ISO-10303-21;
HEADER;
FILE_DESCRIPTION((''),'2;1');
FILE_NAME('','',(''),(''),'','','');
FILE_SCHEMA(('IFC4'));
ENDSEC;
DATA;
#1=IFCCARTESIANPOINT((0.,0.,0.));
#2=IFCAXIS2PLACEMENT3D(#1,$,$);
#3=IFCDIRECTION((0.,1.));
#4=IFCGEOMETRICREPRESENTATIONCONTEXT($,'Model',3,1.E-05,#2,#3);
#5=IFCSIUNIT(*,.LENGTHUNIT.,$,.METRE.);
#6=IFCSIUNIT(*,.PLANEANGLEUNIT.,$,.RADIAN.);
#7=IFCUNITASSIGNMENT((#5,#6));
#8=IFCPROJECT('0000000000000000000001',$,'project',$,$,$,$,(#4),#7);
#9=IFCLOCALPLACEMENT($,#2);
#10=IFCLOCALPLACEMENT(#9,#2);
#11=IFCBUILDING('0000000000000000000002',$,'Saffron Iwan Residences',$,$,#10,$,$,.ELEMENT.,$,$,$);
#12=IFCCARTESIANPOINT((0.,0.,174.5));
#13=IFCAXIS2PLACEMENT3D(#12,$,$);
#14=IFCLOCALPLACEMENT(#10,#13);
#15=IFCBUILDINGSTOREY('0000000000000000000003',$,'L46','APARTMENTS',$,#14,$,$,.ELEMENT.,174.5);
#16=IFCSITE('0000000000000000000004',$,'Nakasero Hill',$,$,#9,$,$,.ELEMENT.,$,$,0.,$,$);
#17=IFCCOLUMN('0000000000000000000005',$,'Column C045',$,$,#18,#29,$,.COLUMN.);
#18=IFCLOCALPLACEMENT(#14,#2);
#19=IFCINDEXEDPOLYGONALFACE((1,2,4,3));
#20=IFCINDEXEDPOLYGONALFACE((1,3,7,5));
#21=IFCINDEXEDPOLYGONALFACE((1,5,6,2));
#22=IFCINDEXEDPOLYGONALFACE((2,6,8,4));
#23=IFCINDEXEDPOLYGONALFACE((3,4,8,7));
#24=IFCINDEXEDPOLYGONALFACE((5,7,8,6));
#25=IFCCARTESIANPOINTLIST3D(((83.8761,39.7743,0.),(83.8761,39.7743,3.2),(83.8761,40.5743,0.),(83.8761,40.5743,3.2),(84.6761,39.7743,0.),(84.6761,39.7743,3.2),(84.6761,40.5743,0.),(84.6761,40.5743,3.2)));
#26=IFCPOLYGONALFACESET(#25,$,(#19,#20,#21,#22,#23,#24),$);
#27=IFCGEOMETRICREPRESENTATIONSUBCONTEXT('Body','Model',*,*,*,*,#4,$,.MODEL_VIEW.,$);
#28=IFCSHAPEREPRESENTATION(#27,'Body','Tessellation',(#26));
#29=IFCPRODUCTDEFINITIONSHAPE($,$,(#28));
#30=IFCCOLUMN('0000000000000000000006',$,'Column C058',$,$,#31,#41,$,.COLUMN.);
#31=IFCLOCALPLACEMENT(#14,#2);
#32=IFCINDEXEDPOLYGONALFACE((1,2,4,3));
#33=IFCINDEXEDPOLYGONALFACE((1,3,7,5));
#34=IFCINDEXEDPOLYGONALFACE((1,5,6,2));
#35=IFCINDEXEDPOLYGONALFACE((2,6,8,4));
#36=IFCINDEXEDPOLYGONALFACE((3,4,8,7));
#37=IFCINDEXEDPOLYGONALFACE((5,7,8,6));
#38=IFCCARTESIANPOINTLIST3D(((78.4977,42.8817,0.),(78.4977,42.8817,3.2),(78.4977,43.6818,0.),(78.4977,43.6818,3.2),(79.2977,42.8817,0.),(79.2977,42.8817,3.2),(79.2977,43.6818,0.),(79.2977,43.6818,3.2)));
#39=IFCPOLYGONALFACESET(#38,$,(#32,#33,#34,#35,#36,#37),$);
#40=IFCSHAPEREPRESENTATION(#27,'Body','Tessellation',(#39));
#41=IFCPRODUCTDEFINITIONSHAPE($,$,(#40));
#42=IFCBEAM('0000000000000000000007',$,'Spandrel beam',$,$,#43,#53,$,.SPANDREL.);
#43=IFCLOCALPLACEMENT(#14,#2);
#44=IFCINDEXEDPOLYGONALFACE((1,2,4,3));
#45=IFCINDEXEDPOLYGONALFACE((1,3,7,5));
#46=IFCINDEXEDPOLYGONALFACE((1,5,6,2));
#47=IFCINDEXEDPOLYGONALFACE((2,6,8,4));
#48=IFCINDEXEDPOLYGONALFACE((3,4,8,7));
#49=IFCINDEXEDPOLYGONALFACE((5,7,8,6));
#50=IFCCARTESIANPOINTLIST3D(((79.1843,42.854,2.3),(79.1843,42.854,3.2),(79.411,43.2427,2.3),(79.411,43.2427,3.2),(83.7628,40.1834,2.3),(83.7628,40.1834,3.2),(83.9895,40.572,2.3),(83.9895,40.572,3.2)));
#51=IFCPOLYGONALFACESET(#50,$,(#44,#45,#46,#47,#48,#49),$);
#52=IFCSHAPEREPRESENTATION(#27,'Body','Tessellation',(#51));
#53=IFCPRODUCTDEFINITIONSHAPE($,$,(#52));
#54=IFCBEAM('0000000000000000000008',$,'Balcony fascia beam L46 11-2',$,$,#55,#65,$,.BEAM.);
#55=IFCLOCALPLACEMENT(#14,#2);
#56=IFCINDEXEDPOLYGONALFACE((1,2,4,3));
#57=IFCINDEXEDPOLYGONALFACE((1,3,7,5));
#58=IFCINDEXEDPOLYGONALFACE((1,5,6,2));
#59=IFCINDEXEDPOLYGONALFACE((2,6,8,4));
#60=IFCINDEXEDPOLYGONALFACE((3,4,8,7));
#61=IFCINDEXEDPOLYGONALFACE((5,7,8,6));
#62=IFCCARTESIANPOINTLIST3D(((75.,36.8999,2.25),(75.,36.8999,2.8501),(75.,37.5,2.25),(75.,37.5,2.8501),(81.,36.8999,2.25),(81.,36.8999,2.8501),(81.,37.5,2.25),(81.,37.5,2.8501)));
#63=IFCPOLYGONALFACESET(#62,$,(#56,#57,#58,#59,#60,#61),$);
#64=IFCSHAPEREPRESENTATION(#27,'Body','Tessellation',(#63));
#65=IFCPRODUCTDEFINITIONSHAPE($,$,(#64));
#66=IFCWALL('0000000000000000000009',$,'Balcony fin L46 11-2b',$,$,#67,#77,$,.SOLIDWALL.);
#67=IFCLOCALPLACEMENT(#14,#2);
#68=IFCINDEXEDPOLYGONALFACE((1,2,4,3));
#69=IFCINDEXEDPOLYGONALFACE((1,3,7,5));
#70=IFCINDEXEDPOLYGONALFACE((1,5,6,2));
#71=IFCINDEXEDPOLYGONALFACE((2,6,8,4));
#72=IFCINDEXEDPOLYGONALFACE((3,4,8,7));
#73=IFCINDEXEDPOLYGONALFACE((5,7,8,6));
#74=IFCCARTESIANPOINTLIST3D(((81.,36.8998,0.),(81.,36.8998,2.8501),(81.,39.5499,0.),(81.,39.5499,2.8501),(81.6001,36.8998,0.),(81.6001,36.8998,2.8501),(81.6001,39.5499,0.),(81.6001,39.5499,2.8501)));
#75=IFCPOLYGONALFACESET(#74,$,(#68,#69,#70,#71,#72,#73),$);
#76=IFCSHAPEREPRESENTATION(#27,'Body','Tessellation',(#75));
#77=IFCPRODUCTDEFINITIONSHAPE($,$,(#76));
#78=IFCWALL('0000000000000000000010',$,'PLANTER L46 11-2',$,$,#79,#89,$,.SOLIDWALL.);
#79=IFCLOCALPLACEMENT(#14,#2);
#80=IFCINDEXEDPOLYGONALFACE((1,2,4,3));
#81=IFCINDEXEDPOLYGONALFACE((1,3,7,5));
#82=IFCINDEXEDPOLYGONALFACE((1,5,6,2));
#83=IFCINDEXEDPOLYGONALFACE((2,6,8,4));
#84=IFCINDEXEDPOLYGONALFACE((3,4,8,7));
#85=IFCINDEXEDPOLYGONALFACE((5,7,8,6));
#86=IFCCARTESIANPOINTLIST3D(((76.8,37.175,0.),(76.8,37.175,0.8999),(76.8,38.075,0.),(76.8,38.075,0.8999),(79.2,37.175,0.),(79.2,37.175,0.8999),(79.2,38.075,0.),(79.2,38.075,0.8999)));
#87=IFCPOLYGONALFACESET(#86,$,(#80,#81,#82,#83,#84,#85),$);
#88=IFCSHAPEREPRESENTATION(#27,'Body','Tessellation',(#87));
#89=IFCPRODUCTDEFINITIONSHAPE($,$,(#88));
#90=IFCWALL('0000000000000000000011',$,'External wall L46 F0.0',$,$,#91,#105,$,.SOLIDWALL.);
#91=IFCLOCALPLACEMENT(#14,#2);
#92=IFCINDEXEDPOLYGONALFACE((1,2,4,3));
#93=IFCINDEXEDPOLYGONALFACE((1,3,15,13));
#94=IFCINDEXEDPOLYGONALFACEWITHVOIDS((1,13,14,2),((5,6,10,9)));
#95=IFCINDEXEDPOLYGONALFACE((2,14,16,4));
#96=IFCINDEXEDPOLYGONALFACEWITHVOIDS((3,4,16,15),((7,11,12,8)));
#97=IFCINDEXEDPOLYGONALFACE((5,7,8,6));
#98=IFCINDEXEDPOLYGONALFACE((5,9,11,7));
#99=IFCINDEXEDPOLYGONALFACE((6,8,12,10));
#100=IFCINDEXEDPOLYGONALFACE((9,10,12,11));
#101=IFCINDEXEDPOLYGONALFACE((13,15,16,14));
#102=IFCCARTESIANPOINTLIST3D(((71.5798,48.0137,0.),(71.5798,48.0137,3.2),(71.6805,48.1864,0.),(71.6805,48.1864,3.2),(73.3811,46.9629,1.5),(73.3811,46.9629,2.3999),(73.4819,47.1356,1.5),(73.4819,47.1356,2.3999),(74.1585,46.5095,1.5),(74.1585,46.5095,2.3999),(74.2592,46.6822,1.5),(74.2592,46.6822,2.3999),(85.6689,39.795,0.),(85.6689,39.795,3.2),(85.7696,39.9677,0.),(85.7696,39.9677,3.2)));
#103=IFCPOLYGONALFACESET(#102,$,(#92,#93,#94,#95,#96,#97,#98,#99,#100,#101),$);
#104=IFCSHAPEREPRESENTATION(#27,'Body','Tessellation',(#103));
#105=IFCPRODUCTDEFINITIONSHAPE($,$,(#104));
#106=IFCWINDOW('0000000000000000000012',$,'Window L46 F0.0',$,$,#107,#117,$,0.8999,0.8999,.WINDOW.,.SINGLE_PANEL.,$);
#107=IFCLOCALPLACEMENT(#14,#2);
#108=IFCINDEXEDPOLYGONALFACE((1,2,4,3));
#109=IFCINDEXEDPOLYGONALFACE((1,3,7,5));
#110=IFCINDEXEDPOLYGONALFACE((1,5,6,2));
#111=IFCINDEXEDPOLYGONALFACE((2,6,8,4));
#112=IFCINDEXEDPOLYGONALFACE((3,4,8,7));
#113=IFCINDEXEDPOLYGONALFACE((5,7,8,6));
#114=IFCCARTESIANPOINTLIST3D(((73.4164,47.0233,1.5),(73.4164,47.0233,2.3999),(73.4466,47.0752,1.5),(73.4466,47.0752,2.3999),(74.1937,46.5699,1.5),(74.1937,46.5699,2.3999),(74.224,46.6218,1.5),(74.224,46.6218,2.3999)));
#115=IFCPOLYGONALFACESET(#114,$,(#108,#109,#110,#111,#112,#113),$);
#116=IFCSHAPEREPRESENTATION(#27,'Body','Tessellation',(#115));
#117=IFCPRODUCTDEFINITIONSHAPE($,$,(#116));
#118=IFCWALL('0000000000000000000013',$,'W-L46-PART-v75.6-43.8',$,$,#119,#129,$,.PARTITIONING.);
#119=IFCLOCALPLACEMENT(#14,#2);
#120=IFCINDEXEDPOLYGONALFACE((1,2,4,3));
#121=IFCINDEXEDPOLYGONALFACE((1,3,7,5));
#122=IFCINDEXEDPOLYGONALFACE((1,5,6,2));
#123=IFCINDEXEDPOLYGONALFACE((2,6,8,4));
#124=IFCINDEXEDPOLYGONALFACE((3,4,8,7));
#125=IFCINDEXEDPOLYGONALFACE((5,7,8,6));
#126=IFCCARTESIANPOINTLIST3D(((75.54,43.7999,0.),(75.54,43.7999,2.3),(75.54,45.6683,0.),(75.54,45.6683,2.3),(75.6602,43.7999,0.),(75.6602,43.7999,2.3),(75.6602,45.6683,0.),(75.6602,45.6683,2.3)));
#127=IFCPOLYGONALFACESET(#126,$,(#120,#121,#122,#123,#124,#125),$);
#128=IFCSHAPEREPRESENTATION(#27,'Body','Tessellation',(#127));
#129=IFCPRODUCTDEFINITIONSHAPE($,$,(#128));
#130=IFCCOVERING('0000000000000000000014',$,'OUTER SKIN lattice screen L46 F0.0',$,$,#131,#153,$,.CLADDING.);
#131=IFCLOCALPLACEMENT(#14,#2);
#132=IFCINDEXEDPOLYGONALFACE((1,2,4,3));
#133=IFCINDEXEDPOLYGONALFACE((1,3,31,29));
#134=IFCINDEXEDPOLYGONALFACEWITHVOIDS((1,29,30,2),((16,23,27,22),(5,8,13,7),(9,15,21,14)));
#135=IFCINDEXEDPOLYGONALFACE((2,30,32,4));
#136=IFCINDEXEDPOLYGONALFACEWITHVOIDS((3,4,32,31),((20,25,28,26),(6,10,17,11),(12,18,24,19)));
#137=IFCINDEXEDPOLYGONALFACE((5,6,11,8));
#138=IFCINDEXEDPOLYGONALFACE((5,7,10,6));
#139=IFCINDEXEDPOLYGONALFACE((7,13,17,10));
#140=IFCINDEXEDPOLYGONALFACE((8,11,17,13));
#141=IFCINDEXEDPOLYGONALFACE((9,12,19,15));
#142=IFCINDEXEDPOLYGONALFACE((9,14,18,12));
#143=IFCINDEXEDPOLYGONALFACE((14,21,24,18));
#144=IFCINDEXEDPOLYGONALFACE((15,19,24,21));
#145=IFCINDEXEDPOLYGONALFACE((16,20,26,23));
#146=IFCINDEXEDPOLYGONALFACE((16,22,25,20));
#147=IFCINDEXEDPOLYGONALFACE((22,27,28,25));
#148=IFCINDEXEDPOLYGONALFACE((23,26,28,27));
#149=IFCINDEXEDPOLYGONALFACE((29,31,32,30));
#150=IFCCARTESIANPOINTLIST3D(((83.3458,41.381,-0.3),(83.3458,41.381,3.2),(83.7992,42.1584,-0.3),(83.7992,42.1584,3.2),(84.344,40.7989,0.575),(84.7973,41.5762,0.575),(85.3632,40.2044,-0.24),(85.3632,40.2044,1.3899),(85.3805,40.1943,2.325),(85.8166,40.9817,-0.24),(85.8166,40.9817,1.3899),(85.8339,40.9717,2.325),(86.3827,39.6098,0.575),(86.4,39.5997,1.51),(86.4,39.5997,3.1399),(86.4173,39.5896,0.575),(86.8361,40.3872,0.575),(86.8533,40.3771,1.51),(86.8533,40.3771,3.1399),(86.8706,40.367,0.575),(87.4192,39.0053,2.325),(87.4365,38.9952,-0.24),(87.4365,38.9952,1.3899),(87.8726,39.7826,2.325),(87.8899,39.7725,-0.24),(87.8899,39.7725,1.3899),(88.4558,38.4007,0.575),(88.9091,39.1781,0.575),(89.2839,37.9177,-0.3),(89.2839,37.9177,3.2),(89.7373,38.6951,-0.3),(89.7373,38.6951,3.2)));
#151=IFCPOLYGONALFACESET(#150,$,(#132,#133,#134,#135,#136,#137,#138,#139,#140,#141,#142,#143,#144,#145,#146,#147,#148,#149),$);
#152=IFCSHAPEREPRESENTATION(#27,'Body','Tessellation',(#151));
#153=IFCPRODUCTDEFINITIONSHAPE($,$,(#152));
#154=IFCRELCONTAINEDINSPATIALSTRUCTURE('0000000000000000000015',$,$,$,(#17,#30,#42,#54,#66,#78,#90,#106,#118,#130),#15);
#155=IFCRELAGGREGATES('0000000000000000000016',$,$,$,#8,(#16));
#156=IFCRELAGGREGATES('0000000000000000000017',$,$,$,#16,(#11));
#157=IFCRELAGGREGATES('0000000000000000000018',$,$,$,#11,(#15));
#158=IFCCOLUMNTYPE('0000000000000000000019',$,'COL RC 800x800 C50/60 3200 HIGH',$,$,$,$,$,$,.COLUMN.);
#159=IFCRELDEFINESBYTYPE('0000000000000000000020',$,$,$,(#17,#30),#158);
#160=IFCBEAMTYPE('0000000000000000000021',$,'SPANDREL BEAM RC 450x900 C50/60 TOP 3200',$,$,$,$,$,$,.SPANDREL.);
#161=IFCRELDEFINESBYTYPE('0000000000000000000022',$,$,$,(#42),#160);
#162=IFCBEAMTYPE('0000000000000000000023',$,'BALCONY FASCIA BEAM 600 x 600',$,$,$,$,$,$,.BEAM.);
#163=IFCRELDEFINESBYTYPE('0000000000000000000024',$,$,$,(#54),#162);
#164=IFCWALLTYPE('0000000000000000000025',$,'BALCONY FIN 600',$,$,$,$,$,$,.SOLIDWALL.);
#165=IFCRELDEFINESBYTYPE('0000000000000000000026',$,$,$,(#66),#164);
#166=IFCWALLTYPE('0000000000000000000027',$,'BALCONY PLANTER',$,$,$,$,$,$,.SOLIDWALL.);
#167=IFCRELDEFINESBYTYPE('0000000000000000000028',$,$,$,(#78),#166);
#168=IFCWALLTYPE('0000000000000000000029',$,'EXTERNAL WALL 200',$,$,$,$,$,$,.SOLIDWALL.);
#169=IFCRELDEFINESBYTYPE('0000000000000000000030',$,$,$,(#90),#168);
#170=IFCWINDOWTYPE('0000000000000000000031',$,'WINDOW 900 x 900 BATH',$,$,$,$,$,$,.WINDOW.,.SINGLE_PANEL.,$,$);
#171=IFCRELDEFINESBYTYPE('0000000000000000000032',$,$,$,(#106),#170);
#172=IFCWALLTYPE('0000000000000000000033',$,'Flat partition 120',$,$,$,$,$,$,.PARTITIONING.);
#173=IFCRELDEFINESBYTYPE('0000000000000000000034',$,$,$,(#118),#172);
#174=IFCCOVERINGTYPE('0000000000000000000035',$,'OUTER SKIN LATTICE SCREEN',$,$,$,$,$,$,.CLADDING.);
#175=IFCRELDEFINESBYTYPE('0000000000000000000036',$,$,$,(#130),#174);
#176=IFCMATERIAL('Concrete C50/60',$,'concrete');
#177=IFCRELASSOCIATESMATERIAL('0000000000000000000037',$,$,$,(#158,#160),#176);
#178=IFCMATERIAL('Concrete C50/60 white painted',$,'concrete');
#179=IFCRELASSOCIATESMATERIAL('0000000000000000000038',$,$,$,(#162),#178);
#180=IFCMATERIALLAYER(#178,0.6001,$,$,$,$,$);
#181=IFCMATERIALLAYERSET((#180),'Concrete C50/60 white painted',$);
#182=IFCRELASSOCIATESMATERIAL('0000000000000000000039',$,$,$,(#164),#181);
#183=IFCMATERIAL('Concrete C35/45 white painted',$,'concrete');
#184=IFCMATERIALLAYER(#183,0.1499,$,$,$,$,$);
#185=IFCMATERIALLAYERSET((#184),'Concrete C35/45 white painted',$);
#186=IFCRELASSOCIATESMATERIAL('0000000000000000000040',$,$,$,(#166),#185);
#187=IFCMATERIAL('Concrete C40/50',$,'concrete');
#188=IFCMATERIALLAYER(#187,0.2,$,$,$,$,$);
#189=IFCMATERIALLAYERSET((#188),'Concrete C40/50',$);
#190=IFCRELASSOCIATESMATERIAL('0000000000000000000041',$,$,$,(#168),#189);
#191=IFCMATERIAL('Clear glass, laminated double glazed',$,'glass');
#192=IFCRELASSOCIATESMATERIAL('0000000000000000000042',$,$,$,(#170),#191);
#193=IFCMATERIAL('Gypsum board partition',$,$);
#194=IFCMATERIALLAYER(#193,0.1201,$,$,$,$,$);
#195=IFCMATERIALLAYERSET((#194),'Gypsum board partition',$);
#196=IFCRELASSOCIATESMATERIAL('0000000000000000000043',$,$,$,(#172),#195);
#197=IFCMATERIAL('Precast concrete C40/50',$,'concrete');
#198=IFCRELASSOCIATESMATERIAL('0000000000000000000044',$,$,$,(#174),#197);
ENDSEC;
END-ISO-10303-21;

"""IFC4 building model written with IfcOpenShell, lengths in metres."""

from ifc_helpers import new_model, si_unit, direction, frame, frame_2d, origin, origin_2d, place, context, subcontext, project, spatial, polyline, rectangle, outline, extrude, source, transform, mapped, material, layer, layer_set, material_profile, profile_set, type_object, element, fill, save


model = new_model("IFC4")

# Units and contexts
model_context = context("Model", 3, precision=1e-05, world=origin(), true_north=direction((0.0, 1.0)))
body_context = subcontext(model_context, "Body", "Model", "MODEL_VIEW")
ifc_project = project(units=[si_unit("LENGTHUNIT", "METRE"), si_unit("PLANEANGLEUNIT", "RADIAN")], contexts=[model_context])

# Site, building, storey
site_placement = place(None, origin())
site = spatial("IfcSite", under=ifc_project, at=site_placement, Name="Nakasero Hill", CompositionType="ELEMENT", RefElevation=0.0)
building_placement = place(site_placement, origin())
building = spatial("IfcBuilding", under=site, at=building_placement, Name="Saffron Iwan Residences", CompositionType="ELEMENT")
storey_placement = place(building_placement, frame((0.0, 0.0, 174.5)))
storey = spatial("IfcBuildingStorey", under=building, at=storey_placement, Name="L46", Description="APARTMENTS", CompositionType="ELEMENT", Elevation=174.5)

# Columns
ifc_material_1 = material(Name="Concrete C50/60", Category="concrete")
ifc_material_profile_1 = material_profile(ifc_material_1, rectangle(XDim=0.8, YDim=0.8, at=origin_2d()), Name="RC 800x800")
ifc_profile_set_1 = profile_set([ifc_material_profile_1], Name="Concrete C50/60")
column_type = type_object("IfcColumnType", Name="COL RC 800x800 C50/60 3200 HIGH", PredefinedType="COLUMN", material=ifc_profile_set_1)
shared_shape_1 = source(origin(), body_context, "Body", "SweptSolid", [
    extrude(rectangle(XDim=0.8, YDim=0.8, at=origin_2d()), origin(), (0.0, 0.0, 1.0), 3.2),
])
for number, where, z_axis, x_axis, name in (
    (1, (84.2761, 40.1743, 0.0), (0.0, 0.0, 1.0), (1.0, 0.0, 0.0), "Column C045"),
    (2, (78.8977, 43.2817, 0.0), (0.0, 0.0, 1.0), (1.0, 0.0, 0.0), "Column C058"),
):
    element("IfcColumn", number, at=place(storey_placement, frame(where, z_axis=z_axis, x_axis=x_axis)), inside=storey, type_object=column_type, Name=name, PredefinedType="COLUMN", context=body_context, shape_type="MappedRepresentation", body=[
        mapped(shared_shape_1, transform((0.0, 0.0, 0.0))),
    ])

# Beams
ifc_material_profile_2 = material_profile(ifc_material_1, rectangle(XDim=0.45, YDim=0.8999, at=origin_2d()), Name="RC 450x900")
ifc_profile_set_2 = profile_set([ifc_material_profile_2], Name="Concrete C50/60")
beam_type_1 = type_object("IfcBeamType", Name="SPANDREL BEAM RC 450x900 C50/60 TOP 3200", PredefinedType="SPANDREL", material=ifc_profile_set_2)
shared_shape_2 = source(origin(), body_context, "Body", "SweptSolid", [
    extrude(rectangle(XDim=0.45, YDim=0.8999, at=origin_2d()), origin(), (0.0, 0.0, 1.0), 5.3005),
])
beam_1_placement = place(storey_placement, frame((79.2976, 43.0483, 2.75), z_axis=(0.863796, -0.503842, 0.0), x_axis=(0.503842, 0.863796, 0.0)))
element("IfcBeam", 3, at=beam_1_placement, inside=storey, type_object=beam_type_1, Name="Spandrel beam", PredefinedType="SPANDREL", context=body_context, shape_type="MappedRepresentation", body=[
    mapped(shared_shape_2, transform((0.0, 0.0, 0.0))),
])
ifc_material_2 = material(Name="Concrete C50/60 white painted", Category="concrete")
ifc_material_profile_3 = material_profile(ifc_material_2, rectangle(XDim=0.6001, YDim=0.6001, at=origin_2d()), Name="BALCONY FASCIA BEAM 600 x 600")
ifc_profile_set_3 = profile_set([ifc_material_profile_3], Name="Concrete C50/60 white painted")
beam_type_2 = type_object("IfcBeamType", Name="BALCONY FASCIA BEAM 600 x 600", PredefinedType="BEAM", material=ifc_profile_set_3)
shared_shape_3 = source(origin(), body_context, "Body", "SweptSolid", [
    extrude(rectangle(XDim=0.6001, YDim=0.6001, at=origin_2d()), origin(), (0.0, 0.0, 1.0), 6.0),
])
beam_2_placement = place(storey_placement, frame((75.0, 37.2, 2.55), z_axis=(1.0, 0.0, 0.0), x_axis=(0.0, 1.0, 0.0)))
element("IfcBeam", 4, at=beam_2_placement, inside=storey, type_object=beam_type_2, Name="Balcony fascia beam L46 11-2", PredefinedType="BEAM", context=body_context, shape_type="MappedRepresentation", body=[
    mapped(shared_shape_3, transform((0.0, 0.0, 0.0))),
])

# Walls
ifc_layer_1 = layer(ifc_material_2, 0.6001)
ifc_layer_set_1 = layer_set([ifc_layer_1], Name="Concrete C50/60 white painted")
wall_type_1 = type_object("IfcWallType", Name="BALCONY FIN 600", PredefinedType="SOLIDWALL", material=ifc_layer_set_1)
wall_1_placement = place(storey_placement, frame((81.3, 39.55, 0.0), z_axis=(0.0, 0.0, 1.0), x_axis=(0.0, -1.0, 0.0)))
element("IfcWall", 5, at=wall_1_placement, inside=storey, type_object=wall_type_1, Name="Balcony fin L46 11-2b", PredefinedType="SOLIDWALL", context=body_context, shape_type="SweptSolid", body=[
    extrude(rectangle(XDim=2.6501, YDim=0.6001, at=frame_2d((1.3252, 0.0))), origin(), (0.0, 0.0, 1.0), 2.8501),
])
ifc_material_3 = material(Name="Concrete C35/45 white painted", Category="concrete")
ifc_layer_2 = layer(ifc_material_3, 0.1499)
ifc_layer_set_2 = layer_set([ifc_layer_2], Name="Concrete C35/45 white painted")
wall_type_2 = type_object("IfcWallType", Name="BALCONY PLANTER", PredefinedType="SOLIDWALL", material=ifc_layer_set_2)
wall_2_placement = place(storey_placement, frame((76.8, 37.625, 0.0), z_axis=(0.0, 0.0, 1.0), x_axis=(1.0, 0.0, 0.0)))
element("IfcWall", 6, at=wall_2_placement, inside=storey, type_object=wall_type_2, Name="PLANTER L46 11-2", PredefinedType="SOLIDWALL", context=body_context, shape_type="SweptSolid", body=[
    extrude(rectangle(XDim=2.3999, YDim=0.8999, at=frame_2d((1.2, 0.0))), origin(), (0.0, 0.0, 1.0), 0.8999),
])

# Wall, opening, window
ifc_material_4 = material(Name="Concrete C40/50", Category="concrete")
ifc_layer_3 = layer(ifc_material_4, 0.2)
ifc_layer_set_3 = layer_set([ifc_layer_3], Name="Concrete C40/50")
wall_type_3 = type_object("IfcWallType", Name="EXTERNAL WALL 200", PredefinedType="SOLIDWALL", material=ifc_layer_set_3)
wall_3_placement = place(storey_placement, frame((85.7192, 39.8813, 0.0), z_axis=(0.0, 0.0, 1.0), x_axis=(-0.863776, 0.503876, 0.0)))
wall_3 = element("IfcWall", 7, at=wall_3_placement, inside=storey, type_object=wall_type_3, Name="External wall L46 F0.0", PredefinedType="SOLIDWALL", context=body_context, shape_type="SweptSolid", body=[
    extrude(rectangle(XDim=16.311, YDim=0.2, at=frame_2d((8.1555, 0.0))), origin(), (0.0, 0.0, 1.0), 3.2),
])
opening_placement = place(wall_3_placement, frame((13.3257, 0.0, 1.5)))
opening = element("IfcOpeningElement", 8, at=opening_placement, cuts=wall_3, PredefinedType="OPENING", context=body_context, shape_type="SweptSolid", body=[
    extrude(rectangle(XDim=0.8999, YDim=0.8999, at=frame_2d((0.45, 0.45))), frame((0.0, 0.1099, 0.0), z_axis=(0.0, -1.0, 0.0), x_axis=(1.0, 0.0, 0.0)), (0.0, 0.0, 1.0), 0.22),
])
ifc_material_5 = material(Name="Clear glass, laminated double glazed", Category="glass")
window_type = type_object("IfcWindowType", Name="WINDOW 900 x 900 BATH", PartitioningType="SINGLE_PANEL", PredefinedType="WINDOW", material=ifc_material_5)
window_placement = place(opening_placement, origin())
window = element("IfcWindow", 9, at=window_placement, inside=storey, type_object=window_type, Name="Window L46 F0.0", OverallHeight=0.8999, OverallWidth=0.8999, PartitioningType="SINGLE_PANEL", PredefinedType="WINDOW", context=body_context, shape_type="SweptSolid", body=[
    extrude(rectangle(XDim=0.8999, YDim=0.8999, at=frame_2d((0.45, 0.45))), frame((0.0, 0.03, 0.0), z_axis=(0.0, -1.0, 0.0), x_axis=(1.0, 0.0, 0.0)), (0.0, 0.0, 1.0), 0.0601),
])
fill(opening, window)

# Wall
ifc_material_6 = material(Name="Gypsum board partition")
ifc_layer_4 = layer(ifc_material_6, 0.1201)
ifc_layer_set_4 = layer_set([ifc_layer_4], Name="Gypsum board partition")
wall_type_4 = type_object("IfcWallType", Name="Flat partition 120", PredefinedType="PARTITIONING", material=ifc_layer_set_4)
wall_4_placement = place(storey_placement, frame((75.6001, 43.8, 0.0), z_axis=(0.0, 0.0, 1.0), x_axis=(0.0, 1.0, 0.0)))
element("IfcWall", 10, at=wall_4_placement, inside=storey, type_object=wall_type_4, Name="W-L46-PART-v75.6-43.8", PredefinedType="PARTITIONING", context=body_context, shape_type="SweptSolid", body=[
    extrude(rectangle(XDim=1.8684, YDim=0.1201, at=frame_2d((0.9341, 0.0))), origin(), (0.0, 0.0, 1.0), 2.3),
])

# Covering
ifc_material_7 = material(Name="Precast concrete C40/50", Category="concrete")
covering_type = type_object("IfcCoveringType", Name="OUTER SKIN LATTICE SCREEN", PredefinedType="CLADDING", material=ifc_material_7)
covering_1_placement = place(storey_placement, frame((89.2839, 37.9177, -0.3), z_axis=(0.503804, 0.863818, 0.0), x_axis=(-0.863818, 0.503804, 0.0)))
element("IfcCovering", 11, at=covering_1_placement, inside=storey, type_object=covering_type, Name="OUTER SKIN lattice screen L46 F0.0", PredefinedType="CLADDING", context=body_context, shape_type="SweptSolid", body=[
    extrude(outline(polyline([(0.0, 0.0), (6.8743, 0.0), (6.8743, 3.5), (0.0, 3.5), (0.0, 0.0)]), holes=[polyline([(0.9587, 0.875), (2.1387, 0.0601), (3.3186, 0.875), (2.1387, 1.6899), (0.9587, 0.875)]), polyline([(3.3586, 0.875), (4.5388, 0.0601), (5.7188, 0.875), (4.5388, 1.6899), (3.3586, 0.875)]), polyline([(2.1587, 2.625), (3.3386, 1.8101), (4.5188, 2.625), (3.3386, 3.4399), (2.1587, 2.625)])]), origin(), (0.0, 0.0, 1.0), 0.8999),
])

save(model, "model.ifc")
